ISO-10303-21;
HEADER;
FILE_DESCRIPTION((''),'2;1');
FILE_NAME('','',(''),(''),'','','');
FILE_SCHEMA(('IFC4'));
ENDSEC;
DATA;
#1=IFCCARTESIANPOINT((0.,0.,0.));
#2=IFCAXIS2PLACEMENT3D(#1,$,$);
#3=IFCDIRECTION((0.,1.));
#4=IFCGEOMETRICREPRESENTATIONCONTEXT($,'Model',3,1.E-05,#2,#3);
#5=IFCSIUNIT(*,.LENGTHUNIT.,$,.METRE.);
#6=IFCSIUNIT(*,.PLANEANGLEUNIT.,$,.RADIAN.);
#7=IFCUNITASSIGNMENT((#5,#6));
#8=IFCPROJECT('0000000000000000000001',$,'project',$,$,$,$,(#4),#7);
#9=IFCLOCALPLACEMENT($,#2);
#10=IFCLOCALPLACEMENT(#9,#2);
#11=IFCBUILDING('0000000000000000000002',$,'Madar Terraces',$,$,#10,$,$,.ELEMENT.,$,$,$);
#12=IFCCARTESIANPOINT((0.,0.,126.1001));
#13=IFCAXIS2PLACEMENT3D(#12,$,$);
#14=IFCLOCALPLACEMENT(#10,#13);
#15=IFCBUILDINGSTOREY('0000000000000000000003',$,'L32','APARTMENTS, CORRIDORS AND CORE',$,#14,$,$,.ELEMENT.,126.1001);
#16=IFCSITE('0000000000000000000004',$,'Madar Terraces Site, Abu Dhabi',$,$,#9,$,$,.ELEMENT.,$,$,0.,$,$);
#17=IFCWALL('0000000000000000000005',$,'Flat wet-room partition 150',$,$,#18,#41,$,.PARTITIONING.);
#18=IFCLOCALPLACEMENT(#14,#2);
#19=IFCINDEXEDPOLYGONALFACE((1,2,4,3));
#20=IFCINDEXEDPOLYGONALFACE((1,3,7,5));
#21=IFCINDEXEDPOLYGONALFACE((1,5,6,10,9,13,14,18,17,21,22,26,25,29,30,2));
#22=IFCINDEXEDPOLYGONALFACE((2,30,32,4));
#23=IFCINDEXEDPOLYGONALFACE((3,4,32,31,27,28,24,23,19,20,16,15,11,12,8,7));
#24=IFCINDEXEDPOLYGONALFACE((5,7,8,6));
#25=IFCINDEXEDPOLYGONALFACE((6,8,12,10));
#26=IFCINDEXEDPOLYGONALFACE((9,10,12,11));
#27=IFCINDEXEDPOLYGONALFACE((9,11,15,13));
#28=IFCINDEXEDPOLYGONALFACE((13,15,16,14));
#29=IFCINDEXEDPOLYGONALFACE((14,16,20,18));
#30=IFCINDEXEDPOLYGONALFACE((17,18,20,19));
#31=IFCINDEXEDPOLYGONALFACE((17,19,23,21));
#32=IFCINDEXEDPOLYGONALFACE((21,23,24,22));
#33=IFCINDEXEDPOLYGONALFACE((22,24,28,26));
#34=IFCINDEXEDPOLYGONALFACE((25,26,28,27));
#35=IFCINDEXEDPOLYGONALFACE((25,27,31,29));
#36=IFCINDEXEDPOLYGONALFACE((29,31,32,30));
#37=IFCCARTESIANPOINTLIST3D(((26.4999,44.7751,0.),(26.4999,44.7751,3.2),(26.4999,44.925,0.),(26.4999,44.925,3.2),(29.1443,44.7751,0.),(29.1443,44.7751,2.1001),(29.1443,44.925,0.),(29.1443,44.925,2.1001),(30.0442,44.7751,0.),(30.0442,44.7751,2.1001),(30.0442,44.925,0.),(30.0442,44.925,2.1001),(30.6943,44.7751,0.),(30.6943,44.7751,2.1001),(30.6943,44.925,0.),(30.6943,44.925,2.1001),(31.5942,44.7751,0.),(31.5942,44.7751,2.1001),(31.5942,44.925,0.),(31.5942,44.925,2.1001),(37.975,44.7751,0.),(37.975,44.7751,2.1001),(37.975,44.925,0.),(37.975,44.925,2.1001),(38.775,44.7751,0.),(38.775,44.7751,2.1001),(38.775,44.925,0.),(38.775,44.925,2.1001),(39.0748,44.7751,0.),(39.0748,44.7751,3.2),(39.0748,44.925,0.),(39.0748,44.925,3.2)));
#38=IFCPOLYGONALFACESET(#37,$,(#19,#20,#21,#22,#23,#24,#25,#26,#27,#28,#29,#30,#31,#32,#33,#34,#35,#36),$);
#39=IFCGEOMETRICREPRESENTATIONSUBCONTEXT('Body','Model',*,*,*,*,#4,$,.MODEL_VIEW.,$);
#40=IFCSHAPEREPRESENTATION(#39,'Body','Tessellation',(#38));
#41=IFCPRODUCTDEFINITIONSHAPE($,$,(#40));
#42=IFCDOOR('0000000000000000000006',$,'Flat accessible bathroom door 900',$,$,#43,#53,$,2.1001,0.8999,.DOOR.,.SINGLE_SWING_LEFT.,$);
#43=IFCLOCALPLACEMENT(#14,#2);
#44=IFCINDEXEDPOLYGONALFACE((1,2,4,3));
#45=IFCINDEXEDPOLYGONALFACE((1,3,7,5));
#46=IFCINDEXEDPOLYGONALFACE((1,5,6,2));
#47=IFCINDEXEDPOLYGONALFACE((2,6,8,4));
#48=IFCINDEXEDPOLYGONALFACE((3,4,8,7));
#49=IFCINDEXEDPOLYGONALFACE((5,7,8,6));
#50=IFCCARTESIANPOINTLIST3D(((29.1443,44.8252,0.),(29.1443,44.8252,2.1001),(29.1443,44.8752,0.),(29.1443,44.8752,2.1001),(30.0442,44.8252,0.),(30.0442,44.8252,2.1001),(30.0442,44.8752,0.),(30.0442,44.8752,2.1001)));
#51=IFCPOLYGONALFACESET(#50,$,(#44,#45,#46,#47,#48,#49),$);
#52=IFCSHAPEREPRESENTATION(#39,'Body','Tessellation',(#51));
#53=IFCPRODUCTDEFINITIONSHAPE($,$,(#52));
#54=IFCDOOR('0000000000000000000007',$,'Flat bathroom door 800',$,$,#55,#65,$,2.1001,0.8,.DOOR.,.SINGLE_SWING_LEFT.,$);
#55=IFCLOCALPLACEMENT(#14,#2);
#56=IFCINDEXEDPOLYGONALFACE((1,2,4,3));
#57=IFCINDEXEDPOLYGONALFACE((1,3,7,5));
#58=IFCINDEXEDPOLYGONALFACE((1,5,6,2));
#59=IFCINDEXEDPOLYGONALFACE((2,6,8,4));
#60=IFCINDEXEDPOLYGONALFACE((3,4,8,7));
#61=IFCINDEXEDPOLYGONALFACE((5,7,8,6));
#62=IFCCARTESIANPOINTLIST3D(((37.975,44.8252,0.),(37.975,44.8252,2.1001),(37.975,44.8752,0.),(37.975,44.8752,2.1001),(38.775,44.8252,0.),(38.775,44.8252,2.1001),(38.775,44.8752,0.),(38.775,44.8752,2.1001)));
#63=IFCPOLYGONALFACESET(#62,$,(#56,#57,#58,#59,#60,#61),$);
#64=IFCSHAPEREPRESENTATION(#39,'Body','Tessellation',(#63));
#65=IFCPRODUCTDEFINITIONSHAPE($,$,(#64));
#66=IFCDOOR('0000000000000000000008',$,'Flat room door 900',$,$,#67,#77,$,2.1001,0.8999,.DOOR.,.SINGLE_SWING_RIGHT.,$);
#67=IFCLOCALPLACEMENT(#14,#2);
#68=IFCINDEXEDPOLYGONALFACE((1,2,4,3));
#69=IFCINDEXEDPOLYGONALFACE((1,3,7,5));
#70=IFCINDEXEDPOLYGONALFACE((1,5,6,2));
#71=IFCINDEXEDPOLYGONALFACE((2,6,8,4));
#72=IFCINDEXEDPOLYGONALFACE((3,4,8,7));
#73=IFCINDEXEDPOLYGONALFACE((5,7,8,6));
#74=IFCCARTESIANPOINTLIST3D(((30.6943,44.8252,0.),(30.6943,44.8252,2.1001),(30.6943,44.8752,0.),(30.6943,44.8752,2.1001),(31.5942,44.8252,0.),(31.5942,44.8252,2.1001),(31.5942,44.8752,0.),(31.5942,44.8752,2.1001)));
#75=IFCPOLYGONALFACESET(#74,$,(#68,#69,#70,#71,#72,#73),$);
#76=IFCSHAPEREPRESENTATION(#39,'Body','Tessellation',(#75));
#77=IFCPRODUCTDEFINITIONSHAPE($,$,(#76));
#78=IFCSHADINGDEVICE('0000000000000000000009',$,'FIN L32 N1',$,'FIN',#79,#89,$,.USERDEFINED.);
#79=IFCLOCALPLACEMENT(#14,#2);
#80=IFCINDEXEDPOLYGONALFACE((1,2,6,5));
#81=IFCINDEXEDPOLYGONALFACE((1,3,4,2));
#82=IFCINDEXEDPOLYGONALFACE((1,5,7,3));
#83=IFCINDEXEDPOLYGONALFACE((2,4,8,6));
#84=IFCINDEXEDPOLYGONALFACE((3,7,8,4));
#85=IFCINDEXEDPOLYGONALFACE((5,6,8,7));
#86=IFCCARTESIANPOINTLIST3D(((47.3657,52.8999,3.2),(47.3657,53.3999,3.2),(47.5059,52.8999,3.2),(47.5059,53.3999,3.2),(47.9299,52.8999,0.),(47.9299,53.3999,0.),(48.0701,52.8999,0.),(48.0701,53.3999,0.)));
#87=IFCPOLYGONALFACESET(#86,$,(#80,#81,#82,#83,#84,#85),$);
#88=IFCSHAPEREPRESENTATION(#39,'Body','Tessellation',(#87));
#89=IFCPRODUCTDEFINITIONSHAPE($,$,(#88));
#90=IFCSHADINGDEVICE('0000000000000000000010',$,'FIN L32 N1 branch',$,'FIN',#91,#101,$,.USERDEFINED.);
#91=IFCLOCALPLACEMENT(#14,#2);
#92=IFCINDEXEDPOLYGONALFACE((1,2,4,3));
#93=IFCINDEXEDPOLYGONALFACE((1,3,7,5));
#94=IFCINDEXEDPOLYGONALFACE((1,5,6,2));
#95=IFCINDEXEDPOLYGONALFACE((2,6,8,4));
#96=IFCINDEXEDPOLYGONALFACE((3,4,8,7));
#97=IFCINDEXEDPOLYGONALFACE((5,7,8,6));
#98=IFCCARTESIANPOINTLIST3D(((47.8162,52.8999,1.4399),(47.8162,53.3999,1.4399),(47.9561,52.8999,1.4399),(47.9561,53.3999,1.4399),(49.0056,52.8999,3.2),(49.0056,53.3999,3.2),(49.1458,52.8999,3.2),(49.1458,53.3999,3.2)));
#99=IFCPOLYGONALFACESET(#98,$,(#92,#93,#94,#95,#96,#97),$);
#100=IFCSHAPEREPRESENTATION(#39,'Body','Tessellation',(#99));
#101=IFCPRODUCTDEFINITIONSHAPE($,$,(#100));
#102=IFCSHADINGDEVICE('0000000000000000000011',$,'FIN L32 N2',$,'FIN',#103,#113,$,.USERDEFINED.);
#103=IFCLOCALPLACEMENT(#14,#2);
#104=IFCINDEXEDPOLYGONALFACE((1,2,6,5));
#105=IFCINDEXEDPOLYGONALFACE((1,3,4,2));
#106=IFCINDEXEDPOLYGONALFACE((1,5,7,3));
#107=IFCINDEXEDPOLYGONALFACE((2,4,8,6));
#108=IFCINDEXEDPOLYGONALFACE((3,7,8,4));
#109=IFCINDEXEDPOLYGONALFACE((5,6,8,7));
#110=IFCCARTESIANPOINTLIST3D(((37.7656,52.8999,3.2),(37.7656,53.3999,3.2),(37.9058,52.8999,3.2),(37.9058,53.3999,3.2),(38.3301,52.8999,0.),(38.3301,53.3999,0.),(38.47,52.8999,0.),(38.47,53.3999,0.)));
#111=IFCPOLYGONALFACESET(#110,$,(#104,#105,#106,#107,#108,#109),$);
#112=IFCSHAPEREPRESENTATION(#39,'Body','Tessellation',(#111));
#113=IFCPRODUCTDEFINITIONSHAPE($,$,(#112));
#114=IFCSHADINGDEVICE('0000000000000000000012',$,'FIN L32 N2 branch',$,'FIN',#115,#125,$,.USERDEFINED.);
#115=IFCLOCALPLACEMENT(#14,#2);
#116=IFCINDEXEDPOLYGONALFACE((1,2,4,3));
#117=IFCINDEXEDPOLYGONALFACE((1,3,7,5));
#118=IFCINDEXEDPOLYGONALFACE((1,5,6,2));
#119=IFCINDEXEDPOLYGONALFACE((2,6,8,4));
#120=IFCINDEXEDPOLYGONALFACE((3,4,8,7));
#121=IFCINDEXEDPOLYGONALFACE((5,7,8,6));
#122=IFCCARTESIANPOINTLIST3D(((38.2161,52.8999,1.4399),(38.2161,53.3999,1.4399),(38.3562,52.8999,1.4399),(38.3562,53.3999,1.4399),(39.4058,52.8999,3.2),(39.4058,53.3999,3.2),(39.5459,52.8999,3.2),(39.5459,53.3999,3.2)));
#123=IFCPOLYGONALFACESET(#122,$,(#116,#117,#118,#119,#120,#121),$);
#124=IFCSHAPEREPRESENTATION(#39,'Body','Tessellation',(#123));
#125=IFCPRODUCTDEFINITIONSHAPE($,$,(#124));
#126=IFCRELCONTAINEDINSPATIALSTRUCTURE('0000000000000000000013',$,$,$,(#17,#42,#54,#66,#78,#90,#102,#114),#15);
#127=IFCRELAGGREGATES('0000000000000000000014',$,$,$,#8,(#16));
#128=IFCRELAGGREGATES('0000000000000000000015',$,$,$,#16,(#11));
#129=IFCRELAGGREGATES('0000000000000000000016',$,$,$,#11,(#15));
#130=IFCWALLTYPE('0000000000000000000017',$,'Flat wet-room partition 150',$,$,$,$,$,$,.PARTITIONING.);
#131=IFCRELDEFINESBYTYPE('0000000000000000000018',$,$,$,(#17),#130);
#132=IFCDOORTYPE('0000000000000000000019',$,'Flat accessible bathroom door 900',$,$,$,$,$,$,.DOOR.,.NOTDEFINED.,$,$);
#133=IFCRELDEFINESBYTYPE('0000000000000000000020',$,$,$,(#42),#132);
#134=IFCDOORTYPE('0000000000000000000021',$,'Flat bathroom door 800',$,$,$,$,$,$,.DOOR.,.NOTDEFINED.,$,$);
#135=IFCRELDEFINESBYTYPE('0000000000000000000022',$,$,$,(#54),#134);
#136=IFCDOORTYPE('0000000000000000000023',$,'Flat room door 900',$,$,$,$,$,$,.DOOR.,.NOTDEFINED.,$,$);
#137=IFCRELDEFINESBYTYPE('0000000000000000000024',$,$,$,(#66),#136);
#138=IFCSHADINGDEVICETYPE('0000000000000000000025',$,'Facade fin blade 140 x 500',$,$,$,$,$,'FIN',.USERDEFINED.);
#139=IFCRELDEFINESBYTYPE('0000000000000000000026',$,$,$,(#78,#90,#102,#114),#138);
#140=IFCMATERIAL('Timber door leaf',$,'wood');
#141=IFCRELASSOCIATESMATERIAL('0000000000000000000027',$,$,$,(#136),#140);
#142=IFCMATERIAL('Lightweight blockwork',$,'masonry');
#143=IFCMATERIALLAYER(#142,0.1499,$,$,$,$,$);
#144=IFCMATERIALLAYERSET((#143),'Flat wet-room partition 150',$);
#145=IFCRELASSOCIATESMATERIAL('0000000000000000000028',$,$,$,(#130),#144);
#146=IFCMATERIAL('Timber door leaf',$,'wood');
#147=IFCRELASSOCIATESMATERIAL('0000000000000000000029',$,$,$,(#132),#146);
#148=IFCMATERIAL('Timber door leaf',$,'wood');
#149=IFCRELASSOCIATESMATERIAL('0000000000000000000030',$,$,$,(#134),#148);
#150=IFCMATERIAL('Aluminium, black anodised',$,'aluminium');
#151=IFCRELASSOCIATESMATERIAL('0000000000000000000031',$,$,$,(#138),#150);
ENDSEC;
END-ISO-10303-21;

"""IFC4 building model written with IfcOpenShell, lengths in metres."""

from ifc_helpers import new_model, si_unit, direction, frame, frame_2d, origin, place, context, subcontext, project, spatial, polyline, rectangle, outline, extrude, material, layer, layer_set, type_object, element, fill, save


model = new_model("IFC4")

# Units and contexts
model_context = context("Model", 3, precision=1e-05, world=origin(), true_north=direction((0.0, 1.0)))
body_context = subcontext(model_context, "Body", "Model", "MODEL_VIEW")
ifc_project = project(units=[si_unit("LENGTHUNIT", "METRE"), si_unit("PLANEANGLEUNIT", "RADIAN")], contexts=[model_context])

# Site, building, storey
site_placement = place(None, origin())
site = spatial("IfcSite", under=ifc_project, at=site_placement, Name="Madar Terraces Site, Abu Dhabi", CompositionType="ELEMENT", RefElevation=0.0)
building_placement = place(site_placement, origin())
building = spatial("IfcBuilding", under=site, at=building_placement, Name="Madar Terraces", CompositionType="ELEMENT")
storey_placement = place(building_placement, frame((0.0, 0.0, 126.1001)))
storey = spatial("IfcBuildingStorey", under=building, at=storey_placement, Name="L32", Description="APARTMENTS, CORRIDORS AND CORE", CompositionType="ELEMENT", Elevation=126.1001)

# Shared definitions
ifc_material_1 = material(Name="Timber door leaf", Category="wood")
door_type_1 = type_object("IfcDoorType", Name="Flat room door 900", OperationType="NOTDEFINED", PredefinedType="DOOR", material=ifc_material_1)

# Shared definitions
ifc_material_2 = material(Name="Lightweight blockwork", Category="masonry")
ifc_layer_1 = layer(ifc_material_2, 0.1499)
ifc_layer_set_1 = layer_set([ifc_layer_1], Name="Flat wet-room partition 150")
wall_type_1 = type_object("IfcWallType", Name="Flat wet-room partition 150", PredefinedType="PARTITIONING", material=ifc_layer_set_1)

# Wall, openings, doors
wall_1_placement = place(storey_placement, frame((39.075, 44.8501, 0.0), z_axis=(0.0, 0.0, 1.0), x_axis=(-1.0, 0.0, 0.0)))
wall_1 = element("IfcWall", 1, at=wall_1_placement, inside=storey, type_object=wall_type_1, Name="Flat wet-room partition 150", PredefinedType="PARTITIONING", context=body_context, shape_type="SweptSolid", body=[
    extrude(rectangle(XDim=12.575, YDim=0.1499, at=frame_2d((6.2876, 0.0))), origin(), (0.0, 0.0, 1.0), 3.2),
])
opening_1_placement = place(wall_1_placement, frame((0.3, 0.0, 0.0)))
opening_1 = element("IfcOpeningElement", 2, at=opening_1_placement, cuts=wall_1, PredefinedType="OPENING", context=body_context, shape_type="SweptSolid", body=[
    extrude(rectangle(XDim=0.8, YDim=2.1001, at=frame_2d((0.3999, 1.05))), frame((0.0, 0.085, 0.0), z_axis=(0.0, -1.0, 0.0), x_axis=(1.0, 0.0, 0.0)), (0.0, 0.0, 1.0), 0.1699),
])
opening_2_placement = place(wall_1_placement, frame((7.4807, 0.0, 0.0)))
opening_2 = element("IfcOpeningElement", 3, at=opening_2_placement, cuts=wall_1, PredefinedType="OPENING", context=body_context, shape_type="SweptSolid", body=[
    extrude(rectangle(XDim=0.8999, YDim=2.1001, at=frame_2d((0.45, 1.05))), frame((0.0, 0.085, 0.0), z_axis=(0.0, -1.0, 0.0), x_axis=(1.0, 0.0, 0.0)), (0.0, 0.0, 1.0), 0.1699),
])
opening_3_placement = place(wall_1_placement, frame((9.0308, 0.0, 0.0)))
opening_3 = element("IfcOpeningElement", 4, at=opening_3_placement, cuts=wall_1, PredefinedType="OPENING", context=body_context, shape_type="SweptSolid", body=[
    extrude(rectangle(XDim=0.8999, YDim=2.1001, at=frame_2d((0.45, 1.05))), frame((0.0, 0.085, 0.0), z_axis=(0.0, -1.0, 0.0), x_axis=(1.0, 0.0, 0.0)), (0.0, 0.0, 1.0), 0.1699),
])
ifc_material_3 = material(Name="Timber door leaf", Category="wood")
door_type_2 = type_object("IfcDoorType", Name="Flat accessible bathroom door 900", OperationType="NOTDEFINED", PredefinedType="DOOR", material=ifc_material_3)
door_1_placement = place(opening_3_placement, origin())
door_1 = element("IfcDoor", 5, at=door_1_placement, inside=storey, type_object=door_type_2, Name="Flat accessible bathroom door 900", OperationType="SINGLE_SWING_LEFT", OverallHeight=2.1001, OverallWidth=0.8999, PredefinedType="DOOR", context=body_context, shape_type="SweptSolid", body=[
    extrude(rectangle(XDim=0.8999, YDim=2.1001, at=frame_2d((0.45, 1.05))), frame((0.0, 0.0249, 0.0), z_axis=(0.0, -1.0, 0.0), x_axis=(1.0, 0.0, 0.0)), (0.0, 0.0, 1.0), 0.05),
])
fill(opening_3, door_1)
ifc_material_4 = material(Name="Timber door leaf", Category="wood")
door_type_3 = type_object("IfcDoorType", Name="Flat bathroom door 800", OperationType="NOTDEFINED", PredefinedType="DOOR", material=ifc_material_4)
door_2_placement = place(opening_1_placement, origin())
door_2 = element("IfcDoor", 6, at=door_2_placement, inside=storey, type_object=door_type_3, Name="Flat bathroom door 800", OperationType="SINGLE_SWING_LEFT", OverallHeight=2.1001, OverallWidth=0.8, PredefinedType="DOOR", context=body_context, shape_type="SweptSolid", body=[
    extrude(rectangle(XDim=0.8, YDim=2.1001, at=frame_2d((0.3999, 1.05))), frame((0.0, 0.0249, 0.0), z_axis=(0.0, -1.0, 0.0), x_axis=(1.0, 0.0, 0.0)), (0.0, 0.0, 1.0), 0.05),
])
fill(opening_1, door_2)
door_3_placement = place(opening_2_placement, origin())
door_3 = element("IfcDoor", 7, at=door_3_placement, inside=storey, type_object=door_type_1, Name="Flat room door 900", OperationType="SINGLE_SWING_RIGHT", OverallHeight=2.1001, OverallWidth=0.8999, PredefinedType="DOOR", context=body_context, shape_type="SweptSolid", body=[
    extrude(rectangle(XDim=0.8999, YDim=2.1001, at=frame_2d((0.45, 1.05))), frame((0.0, 0.0249, 0.0), z_axis=(0.0, -1.0, 0.0), x_axis=(1.0, 0.0, 0.0)), (0.0, 0.0, 1.0), 0.05),
])
fill(opening_2, door_3)

# Shading devices
ifc_material_5 = material(Name="Aluminium, black anodised", Category="aluminium")
shading_device_type = type_object("IfcShadingDeviceType", Name="Facade fin blade 140 x 500", ElementType="FIN", PredefinedType="USERDEFINED", material=ifc_material_5)
shading_device_1_placement = place(storey_placement, frame((48.0701, 53.1499, 0.0), z_axis=(0.0, 0.0, 1.0), x_axis=(-1.0, 0.0, 0.0)))
element("IfcShadingDevice", 8, at=shading_device_1_placement, inside=storey, type_object=shading_device_type, Name="FIN L32 N1", ObjectType="FIN", PredefinedType="USERDEFINED", context=body_context, shape_type="SweptSolid", body=[
    extrude(outline(polyline([(0.0, 0.0), (0.1401, 0.0), (0.7043, 3.2), (0.5642, 3.2), (0.0, 0.0)])), frame((0.0, 0.25, 0.0), z_axis=(0.0, -1.0, 0.0), x_axis=(1.0, 0.0, 0.0)), (0.0, 0.0, 1.0), 0.5),
])
shading_device_2_placement = place(storey_placement, frame((47.9561, 53.1499, 1.4399), z_axis=(0.0, 0.0, 1.0), x_axis=(-1.0, 0.0, 0.0)))
element("IfcShadingDevice", 9, at=shading_device_2_placement, inside=storey, type_object=shading_device_type, Name="FIN L32 N1 branch", ObjectType="FIN", PredefinedType="USERDEFINED", context=body_context, shape_type="SweptSolid", body=[
    extrude(outline(polyline([(0.0, 0.0), (0.1399, 0.0), (-1.0496, 1.76), (-1.1897, 1.76), (0.0, 0.0)])), frame((0.0, 0.25, 0.0), z_axis=(0.0, -1.0, 0.0), x_axis=(1.0, 0.0, 0.0)), (0.0, 0.0, 1.0), 0.5),
])
shading_device_3_placement = place(storey_placement, frame((38.47, 53.1499, 0.0), z_axis=(0.0, 0.0, 1.0), x_axis=(-1.0, 0.0, 0.0)))
element("IfcShadingDevice", 10, at=shading_device_3_placement, inside=storey, type_object=shading_device_type, Name="FIN L32 N2", ObjectType="FIN", PredefinedType="USERDEFINED", context=body_context, shape_type="SweptSolid", body=[
    extrude(outline(polyline([(0.0, 0.0), (0.1399, 0.0), (0.7043, 3.2), (0.5642, 3.2), (0.0, 0.0)])), frame((0.0, 0.25, 0.0), z_axis=(0.0, -1.0, 0.0), x_axis=(1.0, 0.0, 0.0)), (0.0, 0.0, 1.0), 0.5),
])
shading_device_4_placement = place(storey_placement, frame((38.3562, 53.1499, 1.4399), z_axis=(0.0, 0.0, 1.0), x_axis=(-1.0, 0.0, 0.0)))
element("IfcShadingDevice", 11, at=shading_device_4_placement, inside=storey, type_object=shading_device_type, Name="FIN L32 N2 branch", ObjectType="FIN", PredefinedType="USERDEFINED", context=body_context, shape_type="SweptSolid", body=[
    extrude(outline(polyline([(0.0, 0.0), (0.1401, 0.0), (-1.0496, 1.76), (-1.1897, 1.76), (0.0, 0.0)])), frame((0.0, 0.25, 0.0), z_axis=(0.0, -1.0, 0.0), x_axis=(1.0, 0.0, 0.0)), (0.0, 0.0, 1.0), 0.5),
])

save(model, "model.ifc")
